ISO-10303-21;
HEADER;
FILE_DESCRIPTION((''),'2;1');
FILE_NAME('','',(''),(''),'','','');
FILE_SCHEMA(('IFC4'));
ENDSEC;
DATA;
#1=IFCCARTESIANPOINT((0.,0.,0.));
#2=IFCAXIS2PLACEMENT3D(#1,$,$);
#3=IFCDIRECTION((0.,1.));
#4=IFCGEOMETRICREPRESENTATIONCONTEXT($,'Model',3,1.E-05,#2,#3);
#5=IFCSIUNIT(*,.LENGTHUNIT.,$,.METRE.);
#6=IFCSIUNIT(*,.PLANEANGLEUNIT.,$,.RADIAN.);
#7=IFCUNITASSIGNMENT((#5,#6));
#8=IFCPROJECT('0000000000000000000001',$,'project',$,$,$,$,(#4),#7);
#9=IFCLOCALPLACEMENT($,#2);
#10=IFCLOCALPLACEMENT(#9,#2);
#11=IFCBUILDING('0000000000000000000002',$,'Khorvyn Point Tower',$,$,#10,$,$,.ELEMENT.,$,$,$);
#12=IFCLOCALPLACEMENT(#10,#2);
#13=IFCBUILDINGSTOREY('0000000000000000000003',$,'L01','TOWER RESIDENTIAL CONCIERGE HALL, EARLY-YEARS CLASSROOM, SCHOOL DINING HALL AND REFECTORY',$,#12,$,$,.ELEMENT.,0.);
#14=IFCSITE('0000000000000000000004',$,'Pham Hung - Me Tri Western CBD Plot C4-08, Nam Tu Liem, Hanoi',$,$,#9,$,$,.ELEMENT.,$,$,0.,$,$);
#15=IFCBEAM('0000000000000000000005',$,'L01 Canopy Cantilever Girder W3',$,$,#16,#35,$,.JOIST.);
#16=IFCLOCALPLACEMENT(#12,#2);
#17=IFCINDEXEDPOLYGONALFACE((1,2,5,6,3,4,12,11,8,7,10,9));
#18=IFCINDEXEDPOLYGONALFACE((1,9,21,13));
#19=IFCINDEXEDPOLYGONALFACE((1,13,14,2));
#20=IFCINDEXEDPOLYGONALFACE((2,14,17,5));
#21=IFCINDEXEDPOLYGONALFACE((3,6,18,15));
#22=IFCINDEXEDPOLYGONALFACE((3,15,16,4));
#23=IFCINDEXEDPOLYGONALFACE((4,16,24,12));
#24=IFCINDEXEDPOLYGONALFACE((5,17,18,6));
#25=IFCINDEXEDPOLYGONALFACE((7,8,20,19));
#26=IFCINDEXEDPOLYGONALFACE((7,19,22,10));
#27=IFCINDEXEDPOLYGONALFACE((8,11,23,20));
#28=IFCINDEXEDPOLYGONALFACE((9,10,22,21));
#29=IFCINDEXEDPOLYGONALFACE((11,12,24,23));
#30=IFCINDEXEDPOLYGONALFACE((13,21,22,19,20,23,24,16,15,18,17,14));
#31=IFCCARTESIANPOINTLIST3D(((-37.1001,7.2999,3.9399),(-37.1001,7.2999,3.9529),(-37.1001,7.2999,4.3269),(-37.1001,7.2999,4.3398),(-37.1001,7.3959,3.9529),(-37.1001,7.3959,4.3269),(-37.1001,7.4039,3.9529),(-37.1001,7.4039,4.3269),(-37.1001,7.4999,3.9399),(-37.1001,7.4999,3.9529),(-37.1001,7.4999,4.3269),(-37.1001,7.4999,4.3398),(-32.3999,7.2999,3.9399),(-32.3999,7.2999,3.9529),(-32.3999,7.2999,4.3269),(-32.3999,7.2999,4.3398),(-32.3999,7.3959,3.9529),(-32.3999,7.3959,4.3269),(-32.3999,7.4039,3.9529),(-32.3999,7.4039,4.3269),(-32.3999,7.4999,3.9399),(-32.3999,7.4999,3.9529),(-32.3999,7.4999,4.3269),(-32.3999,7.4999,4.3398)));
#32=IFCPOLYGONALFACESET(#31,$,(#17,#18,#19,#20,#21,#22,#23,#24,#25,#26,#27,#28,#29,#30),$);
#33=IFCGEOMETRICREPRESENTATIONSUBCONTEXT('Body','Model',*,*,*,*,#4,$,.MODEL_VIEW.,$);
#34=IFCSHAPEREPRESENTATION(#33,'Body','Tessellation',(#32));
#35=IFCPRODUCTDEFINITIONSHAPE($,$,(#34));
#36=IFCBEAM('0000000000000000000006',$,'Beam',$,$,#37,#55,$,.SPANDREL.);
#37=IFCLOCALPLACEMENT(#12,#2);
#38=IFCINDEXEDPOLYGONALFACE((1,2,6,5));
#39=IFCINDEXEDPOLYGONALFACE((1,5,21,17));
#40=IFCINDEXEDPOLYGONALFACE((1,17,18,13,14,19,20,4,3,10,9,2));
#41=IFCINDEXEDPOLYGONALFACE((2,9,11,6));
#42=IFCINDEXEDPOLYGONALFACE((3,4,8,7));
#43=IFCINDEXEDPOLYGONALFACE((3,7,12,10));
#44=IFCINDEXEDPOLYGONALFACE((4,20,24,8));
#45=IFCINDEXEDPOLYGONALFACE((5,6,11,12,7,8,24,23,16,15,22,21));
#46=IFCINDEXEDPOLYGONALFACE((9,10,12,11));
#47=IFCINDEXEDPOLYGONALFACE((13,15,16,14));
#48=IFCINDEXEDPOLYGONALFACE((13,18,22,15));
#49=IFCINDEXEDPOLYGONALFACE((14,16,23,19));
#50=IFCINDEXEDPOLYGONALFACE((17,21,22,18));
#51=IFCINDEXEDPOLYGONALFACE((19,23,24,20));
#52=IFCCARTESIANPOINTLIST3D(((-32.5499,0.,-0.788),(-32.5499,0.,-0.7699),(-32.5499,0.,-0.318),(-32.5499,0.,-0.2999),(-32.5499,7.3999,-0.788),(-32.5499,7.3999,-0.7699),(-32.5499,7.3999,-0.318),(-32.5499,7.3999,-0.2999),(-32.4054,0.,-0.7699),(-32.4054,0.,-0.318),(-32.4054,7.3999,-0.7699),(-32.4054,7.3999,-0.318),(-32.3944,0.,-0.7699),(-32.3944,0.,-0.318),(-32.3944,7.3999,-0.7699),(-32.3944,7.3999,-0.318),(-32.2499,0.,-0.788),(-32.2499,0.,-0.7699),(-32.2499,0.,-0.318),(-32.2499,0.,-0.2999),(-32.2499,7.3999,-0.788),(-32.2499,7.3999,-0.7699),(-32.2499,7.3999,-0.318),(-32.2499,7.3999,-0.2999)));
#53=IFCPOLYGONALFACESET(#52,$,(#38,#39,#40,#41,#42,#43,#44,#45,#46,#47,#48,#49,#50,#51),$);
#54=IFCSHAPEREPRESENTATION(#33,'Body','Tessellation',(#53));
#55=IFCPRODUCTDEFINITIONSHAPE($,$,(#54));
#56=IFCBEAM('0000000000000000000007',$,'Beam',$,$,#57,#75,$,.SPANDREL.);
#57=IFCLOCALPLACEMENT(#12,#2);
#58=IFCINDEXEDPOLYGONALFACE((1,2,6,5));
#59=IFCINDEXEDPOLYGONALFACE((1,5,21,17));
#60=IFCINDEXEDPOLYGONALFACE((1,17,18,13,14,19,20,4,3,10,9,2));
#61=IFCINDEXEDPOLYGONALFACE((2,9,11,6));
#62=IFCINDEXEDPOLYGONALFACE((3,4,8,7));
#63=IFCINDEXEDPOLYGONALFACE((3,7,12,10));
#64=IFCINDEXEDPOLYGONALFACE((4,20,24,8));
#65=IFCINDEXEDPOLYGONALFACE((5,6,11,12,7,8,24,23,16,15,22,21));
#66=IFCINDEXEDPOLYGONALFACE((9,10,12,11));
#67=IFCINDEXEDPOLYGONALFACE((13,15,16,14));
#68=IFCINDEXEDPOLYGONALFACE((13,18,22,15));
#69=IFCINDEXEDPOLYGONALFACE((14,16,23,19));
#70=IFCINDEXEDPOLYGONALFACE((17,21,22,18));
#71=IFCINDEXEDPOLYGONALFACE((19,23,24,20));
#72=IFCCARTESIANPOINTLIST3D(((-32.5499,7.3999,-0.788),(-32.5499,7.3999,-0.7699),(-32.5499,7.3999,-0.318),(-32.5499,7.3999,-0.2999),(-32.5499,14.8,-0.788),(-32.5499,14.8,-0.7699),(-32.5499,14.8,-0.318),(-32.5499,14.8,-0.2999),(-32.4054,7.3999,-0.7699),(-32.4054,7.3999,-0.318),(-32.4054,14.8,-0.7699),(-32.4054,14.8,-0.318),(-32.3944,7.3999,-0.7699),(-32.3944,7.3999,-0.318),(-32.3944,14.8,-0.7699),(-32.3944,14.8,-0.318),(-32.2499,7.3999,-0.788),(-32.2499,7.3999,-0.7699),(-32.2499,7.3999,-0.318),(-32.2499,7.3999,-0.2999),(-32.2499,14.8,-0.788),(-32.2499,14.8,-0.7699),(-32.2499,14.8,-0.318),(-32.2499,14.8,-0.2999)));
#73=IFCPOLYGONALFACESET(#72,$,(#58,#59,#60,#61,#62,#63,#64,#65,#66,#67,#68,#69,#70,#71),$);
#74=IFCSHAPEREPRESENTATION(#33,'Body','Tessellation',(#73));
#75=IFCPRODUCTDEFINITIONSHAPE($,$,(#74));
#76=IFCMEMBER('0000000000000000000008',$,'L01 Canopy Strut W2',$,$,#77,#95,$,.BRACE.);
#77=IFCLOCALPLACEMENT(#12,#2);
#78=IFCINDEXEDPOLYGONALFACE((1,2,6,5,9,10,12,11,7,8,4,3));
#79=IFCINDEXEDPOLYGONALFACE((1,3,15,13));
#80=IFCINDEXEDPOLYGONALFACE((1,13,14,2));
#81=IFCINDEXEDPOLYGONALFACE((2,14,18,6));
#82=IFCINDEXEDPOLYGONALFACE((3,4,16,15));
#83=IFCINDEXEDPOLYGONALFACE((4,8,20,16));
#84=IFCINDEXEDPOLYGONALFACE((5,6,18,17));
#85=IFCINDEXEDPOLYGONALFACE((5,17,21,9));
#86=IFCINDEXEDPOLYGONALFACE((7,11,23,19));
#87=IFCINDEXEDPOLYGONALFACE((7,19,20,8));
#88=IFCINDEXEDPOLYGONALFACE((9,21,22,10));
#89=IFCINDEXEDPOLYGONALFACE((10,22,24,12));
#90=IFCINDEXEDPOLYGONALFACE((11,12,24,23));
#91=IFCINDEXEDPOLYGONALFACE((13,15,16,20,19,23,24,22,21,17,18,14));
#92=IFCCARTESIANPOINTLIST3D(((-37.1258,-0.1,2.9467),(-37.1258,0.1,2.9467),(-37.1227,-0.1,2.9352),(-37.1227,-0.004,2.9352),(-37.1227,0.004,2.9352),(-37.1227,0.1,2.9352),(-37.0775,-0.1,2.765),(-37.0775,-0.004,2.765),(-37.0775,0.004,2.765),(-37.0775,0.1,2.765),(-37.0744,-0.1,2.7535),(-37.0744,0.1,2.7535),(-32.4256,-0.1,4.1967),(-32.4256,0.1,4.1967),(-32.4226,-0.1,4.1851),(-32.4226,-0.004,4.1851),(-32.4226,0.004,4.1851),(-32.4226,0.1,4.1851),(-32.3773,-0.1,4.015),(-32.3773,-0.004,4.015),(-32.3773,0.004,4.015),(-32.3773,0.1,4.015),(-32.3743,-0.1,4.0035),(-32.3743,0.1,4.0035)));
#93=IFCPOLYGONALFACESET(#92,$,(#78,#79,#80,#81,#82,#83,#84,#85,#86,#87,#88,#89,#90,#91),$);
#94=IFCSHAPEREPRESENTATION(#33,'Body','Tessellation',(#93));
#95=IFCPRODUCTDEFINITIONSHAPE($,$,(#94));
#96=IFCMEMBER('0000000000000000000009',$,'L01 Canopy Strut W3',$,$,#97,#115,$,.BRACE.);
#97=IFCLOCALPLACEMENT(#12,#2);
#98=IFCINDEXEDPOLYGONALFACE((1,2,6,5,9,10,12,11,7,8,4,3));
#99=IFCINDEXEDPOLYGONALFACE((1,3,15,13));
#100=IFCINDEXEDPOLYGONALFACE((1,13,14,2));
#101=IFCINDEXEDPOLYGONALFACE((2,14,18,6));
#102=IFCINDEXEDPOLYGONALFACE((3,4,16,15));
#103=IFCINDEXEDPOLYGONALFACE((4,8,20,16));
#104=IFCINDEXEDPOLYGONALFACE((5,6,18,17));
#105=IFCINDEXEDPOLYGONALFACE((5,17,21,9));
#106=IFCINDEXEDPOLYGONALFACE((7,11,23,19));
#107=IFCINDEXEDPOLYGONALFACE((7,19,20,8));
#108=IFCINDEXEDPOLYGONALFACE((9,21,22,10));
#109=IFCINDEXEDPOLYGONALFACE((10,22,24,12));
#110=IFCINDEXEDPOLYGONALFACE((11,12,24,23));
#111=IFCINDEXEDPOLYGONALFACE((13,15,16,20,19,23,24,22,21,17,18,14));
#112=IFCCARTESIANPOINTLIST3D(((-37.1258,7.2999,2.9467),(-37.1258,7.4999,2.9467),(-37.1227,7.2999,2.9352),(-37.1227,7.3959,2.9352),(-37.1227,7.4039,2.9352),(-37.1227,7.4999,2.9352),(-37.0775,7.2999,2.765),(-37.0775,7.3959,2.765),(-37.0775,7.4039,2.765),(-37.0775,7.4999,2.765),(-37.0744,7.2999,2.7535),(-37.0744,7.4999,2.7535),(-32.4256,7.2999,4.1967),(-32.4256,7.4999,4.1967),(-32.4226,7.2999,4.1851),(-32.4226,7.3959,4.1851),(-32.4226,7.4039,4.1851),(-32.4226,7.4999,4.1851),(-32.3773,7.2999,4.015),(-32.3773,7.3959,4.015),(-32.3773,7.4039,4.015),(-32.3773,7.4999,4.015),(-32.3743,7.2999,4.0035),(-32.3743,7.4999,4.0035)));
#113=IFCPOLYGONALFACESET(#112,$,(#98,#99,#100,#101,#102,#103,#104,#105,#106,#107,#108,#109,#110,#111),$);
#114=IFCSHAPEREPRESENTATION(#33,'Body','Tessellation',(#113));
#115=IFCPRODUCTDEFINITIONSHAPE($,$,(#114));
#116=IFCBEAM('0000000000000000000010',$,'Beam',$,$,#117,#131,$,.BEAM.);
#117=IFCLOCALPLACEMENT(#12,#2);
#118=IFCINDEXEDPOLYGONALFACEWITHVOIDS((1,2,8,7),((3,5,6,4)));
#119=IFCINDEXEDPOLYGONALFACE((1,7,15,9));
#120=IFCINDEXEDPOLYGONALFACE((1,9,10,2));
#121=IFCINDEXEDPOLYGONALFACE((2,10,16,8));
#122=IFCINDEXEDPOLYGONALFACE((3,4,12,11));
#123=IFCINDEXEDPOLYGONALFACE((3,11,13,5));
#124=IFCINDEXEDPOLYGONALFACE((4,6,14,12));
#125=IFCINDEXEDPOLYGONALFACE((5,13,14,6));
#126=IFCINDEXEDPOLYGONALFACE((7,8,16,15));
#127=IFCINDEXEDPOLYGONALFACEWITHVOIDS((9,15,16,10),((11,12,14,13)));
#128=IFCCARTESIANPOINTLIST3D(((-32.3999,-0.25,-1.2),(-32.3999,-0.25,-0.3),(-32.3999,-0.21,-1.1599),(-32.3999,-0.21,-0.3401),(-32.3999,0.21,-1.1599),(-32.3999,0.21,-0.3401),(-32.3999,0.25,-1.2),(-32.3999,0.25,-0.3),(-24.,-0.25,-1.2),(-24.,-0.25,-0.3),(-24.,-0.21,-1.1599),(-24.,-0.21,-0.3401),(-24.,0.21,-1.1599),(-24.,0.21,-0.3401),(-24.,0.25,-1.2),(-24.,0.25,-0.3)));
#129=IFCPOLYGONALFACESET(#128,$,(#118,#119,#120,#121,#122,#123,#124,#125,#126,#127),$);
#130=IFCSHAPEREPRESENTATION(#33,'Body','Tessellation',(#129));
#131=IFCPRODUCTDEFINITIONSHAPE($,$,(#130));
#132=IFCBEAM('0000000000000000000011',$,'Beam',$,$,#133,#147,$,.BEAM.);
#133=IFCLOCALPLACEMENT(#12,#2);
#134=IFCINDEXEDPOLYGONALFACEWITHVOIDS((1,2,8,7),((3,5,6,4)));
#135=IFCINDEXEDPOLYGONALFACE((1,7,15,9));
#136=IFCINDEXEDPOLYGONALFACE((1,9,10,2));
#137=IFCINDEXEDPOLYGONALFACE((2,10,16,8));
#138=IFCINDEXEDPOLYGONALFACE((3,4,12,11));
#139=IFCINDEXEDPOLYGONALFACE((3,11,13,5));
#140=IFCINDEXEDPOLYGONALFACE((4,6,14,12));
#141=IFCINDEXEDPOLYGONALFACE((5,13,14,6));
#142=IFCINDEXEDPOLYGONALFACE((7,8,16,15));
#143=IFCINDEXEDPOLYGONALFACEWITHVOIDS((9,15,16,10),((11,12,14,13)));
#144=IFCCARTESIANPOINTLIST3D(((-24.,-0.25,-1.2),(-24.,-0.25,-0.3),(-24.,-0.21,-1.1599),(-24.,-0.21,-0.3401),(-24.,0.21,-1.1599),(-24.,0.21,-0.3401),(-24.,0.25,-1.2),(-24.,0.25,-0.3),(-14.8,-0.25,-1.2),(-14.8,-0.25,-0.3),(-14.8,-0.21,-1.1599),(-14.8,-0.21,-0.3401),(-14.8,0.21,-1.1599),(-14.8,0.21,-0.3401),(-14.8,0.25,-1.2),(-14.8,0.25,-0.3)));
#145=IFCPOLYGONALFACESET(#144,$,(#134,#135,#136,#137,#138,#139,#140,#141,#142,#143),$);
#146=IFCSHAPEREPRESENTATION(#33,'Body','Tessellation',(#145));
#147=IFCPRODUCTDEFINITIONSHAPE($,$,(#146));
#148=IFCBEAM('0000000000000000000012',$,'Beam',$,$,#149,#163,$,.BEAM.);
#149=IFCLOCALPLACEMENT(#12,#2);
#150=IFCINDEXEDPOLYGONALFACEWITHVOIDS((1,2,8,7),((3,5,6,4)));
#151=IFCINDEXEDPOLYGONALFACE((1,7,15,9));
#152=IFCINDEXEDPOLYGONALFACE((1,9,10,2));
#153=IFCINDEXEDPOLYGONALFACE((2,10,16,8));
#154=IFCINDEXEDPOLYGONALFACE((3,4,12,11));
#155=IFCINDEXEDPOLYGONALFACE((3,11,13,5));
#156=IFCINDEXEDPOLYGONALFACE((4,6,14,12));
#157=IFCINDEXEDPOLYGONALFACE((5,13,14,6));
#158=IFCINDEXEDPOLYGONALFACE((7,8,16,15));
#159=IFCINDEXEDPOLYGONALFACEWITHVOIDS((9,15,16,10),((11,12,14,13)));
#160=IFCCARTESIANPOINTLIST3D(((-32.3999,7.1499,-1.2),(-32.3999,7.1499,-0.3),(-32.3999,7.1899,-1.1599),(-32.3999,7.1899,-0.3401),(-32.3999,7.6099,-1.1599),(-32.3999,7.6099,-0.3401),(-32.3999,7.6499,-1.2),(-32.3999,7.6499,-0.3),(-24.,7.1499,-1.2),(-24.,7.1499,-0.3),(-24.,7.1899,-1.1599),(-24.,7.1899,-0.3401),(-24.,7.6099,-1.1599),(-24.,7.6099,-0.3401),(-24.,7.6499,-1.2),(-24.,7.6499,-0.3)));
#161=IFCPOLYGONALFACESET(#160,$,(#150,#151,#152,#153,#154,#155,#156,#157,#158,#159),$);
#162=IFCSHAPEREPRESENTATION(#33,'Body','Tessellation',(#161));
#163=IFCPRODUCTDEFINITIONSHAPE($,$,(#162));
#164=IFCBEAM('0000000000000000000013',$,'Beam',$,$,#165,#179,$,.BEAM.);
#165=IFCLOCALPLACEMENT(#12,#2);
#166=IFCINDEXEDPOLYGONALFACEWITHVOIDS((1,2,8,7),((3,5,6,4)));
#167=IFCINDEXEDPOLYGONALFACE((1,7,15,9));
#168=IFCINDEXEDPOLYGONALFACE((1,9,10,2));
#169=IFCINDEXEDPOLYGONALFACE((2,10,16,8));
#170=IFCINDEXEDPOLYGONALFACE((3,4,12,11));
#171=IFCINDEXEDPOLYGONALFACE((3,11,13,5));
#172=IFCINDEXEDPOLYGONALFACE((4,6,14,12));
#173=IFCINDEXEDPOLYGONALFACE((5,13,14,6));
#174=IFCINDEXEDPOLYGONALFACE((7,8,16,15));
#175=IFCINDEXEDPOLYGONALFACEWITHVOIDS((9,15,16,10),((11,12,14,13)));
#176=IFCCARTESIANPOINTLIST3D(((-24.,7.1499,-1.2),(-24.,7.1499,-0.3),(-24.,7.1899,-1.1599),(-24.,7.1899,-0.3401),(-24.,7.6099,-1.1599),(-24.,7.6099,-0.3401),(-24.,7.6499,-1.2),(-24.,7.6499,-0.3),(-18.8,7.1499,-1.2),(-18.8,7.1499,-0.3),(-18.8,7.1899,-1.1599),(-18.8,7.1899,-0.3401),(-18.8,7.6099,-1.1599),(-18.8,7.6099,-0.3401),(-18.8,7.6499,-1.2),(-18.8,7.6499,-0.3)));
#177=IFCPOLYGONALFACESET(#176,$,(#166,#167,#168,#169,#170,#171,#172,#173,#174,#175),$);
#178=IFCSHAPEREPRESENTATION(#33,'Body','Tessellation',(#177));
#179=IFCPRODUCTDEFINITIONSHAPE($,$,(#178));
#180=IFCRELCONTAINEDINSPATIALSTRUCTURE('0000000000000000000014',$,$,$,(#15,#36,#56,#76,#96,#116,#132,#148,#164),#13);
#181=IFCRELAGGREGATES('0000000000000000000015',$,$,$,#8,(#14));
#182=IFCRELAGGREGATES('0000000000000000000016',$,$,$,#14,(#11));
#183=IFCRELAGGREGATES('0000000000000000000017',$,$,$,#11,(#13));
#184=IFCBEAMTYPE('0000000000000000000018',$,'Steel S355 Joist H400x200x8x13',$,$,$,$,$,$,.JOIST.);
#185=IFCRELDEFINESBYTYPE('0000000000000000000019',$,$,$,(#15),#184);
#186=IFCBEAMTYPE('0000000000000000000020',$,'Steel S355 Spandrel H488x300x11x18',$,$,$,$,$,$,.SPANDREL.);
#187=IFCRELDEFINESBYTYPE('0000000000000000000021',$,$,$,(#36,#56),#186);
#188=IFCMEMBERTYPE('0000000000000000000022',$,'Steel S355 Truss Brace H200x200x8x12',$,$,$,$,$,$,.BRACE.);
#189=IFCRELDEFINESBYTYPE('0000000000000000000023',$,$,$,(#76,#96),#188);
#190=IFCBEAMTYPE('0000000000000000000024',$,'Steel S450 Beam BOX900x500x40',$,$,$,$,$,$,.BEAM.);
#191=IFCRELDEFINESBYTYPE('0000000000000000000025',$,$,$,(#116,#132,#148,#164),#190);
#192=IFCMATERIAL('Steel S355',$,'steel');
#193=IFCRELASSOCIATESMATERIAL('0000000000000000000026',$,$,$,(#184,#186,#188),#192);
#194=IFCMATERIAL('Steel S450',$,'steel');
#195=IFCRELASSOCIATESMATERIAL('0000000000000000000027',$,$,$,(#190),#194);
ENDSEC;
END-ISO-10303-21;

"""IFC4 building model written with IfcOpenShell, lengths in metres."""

from ifc_helpers import new_model, si_unit, direction, frame, origin, origin_2d, place, context, subcontext, project, spatial, hollow_rectangle, i_section, extrude, material, material_profile, profile_set, type_object, element, save


model = new_model("IFC4")

# Units and contexts
model_context = context("Model", 3, precision=1e-05, world=origin(), true_north=direction((0.0, 1.0)))
body_context = subcontext(model_context, "Body", "Model", "MODEL_VIEW")
ifc_project = project(units=[si_unit("LENGTHUNIT", "METRE"), si_unit("PLANEANGLEUNIT", "RADIAN")], contexts=[model_context])

# Site, building, storey
site_placement = place(None, origin())
site = spatial("IfcSite", under=ifc_project, at=site_placement, Name="Pham Hung - Me Tri Western CBD Plot C4-08, Nam Tu Liem, Hanoi", CompositionType="ELEMENT", RefElevation=0.0)
building_placement = place(site_placement, origin())
building = spatial("IfcBuilding", under=site, at=building_placement, Name="Khorvyn Point Tower", CompositionType="ELEMENT")
storey_placement = place(building_placement, origin())
storey = spatial("IfcBuildingStorey", under=building, at=storey_placement, Name="L01", Description="TOWER RESIDENTIAL CONCIERGE HALL, EARLY-YEARS CLASSROOM, SCHOOL DINING HALL AND REFECTORY", CompositionType="ELEMENT", Elevation=0.0)

# Shared definitions
ifc_material_1 = material(Name="Steel S355", Category="steel")

# Beams
ifc_material_profile_1 = material_profile(ifc_material_1, i_section(OverallWidth=0.2, OverallDepth=0.3999, WebThickness=0.0081, FlangeThickness=0.0129, at=origin_2d()))
ifc_profile_set_1 = profile_set([ifc_material_profile_1], Name="Steel S355 H400x200x8x13")
beam_type_1 = type_object("IfcBeamType", Name="Steel S355 Joist H400x200x8x13", PredefinedType="JOIST", material=ifc_profile_set_1)
for number, where, z_axis, x_axis, name in (
    (1, (-32.3999, 7.3999, 4.1399), (-1.0, 0.0, 0.0), (0.0, -1.0, 0.0), "L01 Canopy Cantilever Girder W3"),
):
    element("IfcBeam", number, at=place(storey_placement, frame(where, z_axis=z_axis, x_axis=x_axis)), inside=storey, type_object=beam_type_1, Name=name, PredefinedType="JOIST", context=body_context, shape_type="SweptSolid", body=[
        extrude(i_section(OverallWidth=0.2, OverallDepth=0.3999, WebThickness=0.0081, FlangeThickness=0.0129, at=origin_2d()), origin(), (0.0, 0.0, 1.0), 4.7002),
    ])
ifc_material_profile_2 = material_profile(ifc_material_1, i_section(OverallWidth=0.3, OverallDepth=0.488, WebThickness=0.011, FlangeThickness=0.0181, at=origin_2d()))
ifc_profile_set_2 = profile_set([ifc_material_profile_2], Name="Steel S355 H488x300x11x18")
beam_type_2 = type_object("IfcBeamType", Name="Steel S355 Spandrel H488x300x11x18", PredefinedType="SPANDREL", material=ifc_profile_set_2)
beam_1_placement = place(storey_placement, frame((-32.3999, 0.0, -0.5439), z_axis=(0.0, 1.0, 0.0), x_axis=(-1.0, 0.0, 0.0)))
element("IfcBeam", 2, at=beam_1_placement, inside=storey, type_object=beam_type_2, Name="Beam", PredefinedType="SPANDREL", context=body_context, shape_type="SweptSolid", body=[
    extrude(i_section(OverallWidth=0.3, OverallDepth=0.488, WebThickness=0.011, FlangeThickness=0.0181, at=origin_2d()), origin(), (0.0, 0.0, 1.0), 7.3999),
])
beam_2_placement = place(storey_placement, frame((-32.3999, 7.3999, -0.5439), z_axis=(0.0, 1.0, 0.0), x_axis=(-1.0, 0.0, 0.0)))
element("IfcBeam", 3, at=beam_2_placement, inside=storey, type_object=beam_type_2, Name="Beam", PredefinedType="SPANDREL", context=body_context, shape_type="SweptSolid", body=[
    extrude(i_section(OverallWidth=0.3, OverallDepth=0.488, WebThickness=0.011, FlangeThickness=0.0181, at=origin_2d()), origin(), (0.0, 0.0, 1.0), 7.4001),
])

# Members
ifc_material_profile_3 = material_profile(ifc_material_1, i_section(OverallWidth=0.2, OverallDepth=0.2, WebThickness=0.0081, FlangeThickness=0.012, at=origin_2d()))
ifc_profile_set_3 = profile_set([ifc_material_profile_3], Name="Steel S355 H200x200x8x12")
member_type = type_object("IfcMemberType", Name="Steel S355 Truss Brace H200x200x8x12", PredefinedType="BRACE", material=ifc_profile_set_3)
for number, where, z_axis, x_axis, name in (
    (4, (-37.1001, 0.0, 2.8501), (0.966408, 0.0, 0.257013), (0.0, 1.0, 0.0), "L01 Canopy Strut W2"),
    (5, (-37.1001, 7.3999, 2.8501), (0.966408, 0.0, 0.257013), (0.0, 1.0, 0.0), "L01 Canopy Strut W3"),
):
    element("IfcMember", number, at=place(storey_placement, frame(where, z_axis=z_axis, x_axis=x_axis)), inside=storey, type_object=member_type, Name=name, PredefinedType="BRACE", context=body_context, shape_type="SweptSolid", body=[
        extrude(i_section(OverallWidth=0.2, OverallDepth=0.2, WebThickness=0.0081, FlangeThickness=0.012, at=origin_2d()), origin(), (0.0, 0.0, 1.0), 4.8635),
    ])

# Beams
ifc_material_2 = material(Name="Steel S450", Category="steel")
ifc_material_profile_4 = material_profile(ifc_material_2, hollow_rectangle(XDim=0.5, YDim=0.8999, WallThickness=0.04, at=origin_2d()))
ifc_profile_set_4 = profile_set([ifc_material_profile_4], Name="Steel S450 BOX900x500x40")
beam_type_3 = type_object("IfcBeamType", Name="Steel S450 Beam BOX900x500x40", PredefinedType="BEAM", material=ifc_profile_set_4)
beam_3_placement = place(storey_placement, frame((-32.3999, 0.0, -0.75), z_axis=(1.0, 0.0, 0.0), x_axis=(0.0, 1.0, 0.0)))
element("IfcBeam", 6, at=beam_3_placement, inside=storey, type_object=beam_type_3, Name="Beam", PredefinedType="BEAM", context=body_context, shape_type="SweptSolid", body=[
    extrude(hollow_rectangle(XDim=0.5, YDim=0.8999, WallThickness=0.04, at=origin_2d()), origin(), (0.0, 0.0, 1.0), 8.3999),
])
beam_4_placement = place(storey_placement, frame((-24.0, 0.0, -0.75), z_axis=(1.0, 0.0, 0.0), x_axis=(0.0, 1.0, 0.0)))
element("IfcBeam", 7, at=beam_4_placement, inside=storey, type_object=beam_type_3, Name="Beam", PredefinedType="BEAM", context=body_context, shape_type="SweptSolid", body=[
    extrude(hollow_rectangle(XDim=0.5, YDim=0.8999, WallThickness=0.04, at=origin_2d()), origin(), (0.0, 0.0, 1.0), 9.2),
])
beam_5_placement = place(storey_placement, frame((-32.3999, 7.3999, -0.75), z_axis=(1.0, 0.0, 0.0), x_axis=(0.0, 1.0, 0.0)))
element("IfcBeam", 8, at=beam_5_placement, inside=storey, type_object=beam_type_3, Name="Beam", PredefinedType="BEAM", context=body_context, shape_type="SweptSolid", body=[
    extrude(hollow_rectangle(XDim=0.5, YDim=0.8999, WallThickness=0.04, at=origin_2d()), origin(), (0.0, 0.0, 1.0), 8.3999),
])
beam_6_placement = place(storey_placement, frame((-24.0, 7.3999, -0.75), z_axis=(1.0, 0.0, 0.0), x_axis=(0.0, 1.0, 0.0)))
element("IfcBeam", 9, at=beam_6_placement, inside=storey, type_object=beam_type_3, Name="Beam", PredefinedType="BEAM", context=body_context, shape_type="SweptSolid", body=[
    extrude(hollow_rectangle(XDim=0.5, YDim=0.8999, WallThickness=0.04, at=origin_2d()), origin(), (0.0, 0.0, 1.0), 5.2),
])

save(model, "model.ifc")
